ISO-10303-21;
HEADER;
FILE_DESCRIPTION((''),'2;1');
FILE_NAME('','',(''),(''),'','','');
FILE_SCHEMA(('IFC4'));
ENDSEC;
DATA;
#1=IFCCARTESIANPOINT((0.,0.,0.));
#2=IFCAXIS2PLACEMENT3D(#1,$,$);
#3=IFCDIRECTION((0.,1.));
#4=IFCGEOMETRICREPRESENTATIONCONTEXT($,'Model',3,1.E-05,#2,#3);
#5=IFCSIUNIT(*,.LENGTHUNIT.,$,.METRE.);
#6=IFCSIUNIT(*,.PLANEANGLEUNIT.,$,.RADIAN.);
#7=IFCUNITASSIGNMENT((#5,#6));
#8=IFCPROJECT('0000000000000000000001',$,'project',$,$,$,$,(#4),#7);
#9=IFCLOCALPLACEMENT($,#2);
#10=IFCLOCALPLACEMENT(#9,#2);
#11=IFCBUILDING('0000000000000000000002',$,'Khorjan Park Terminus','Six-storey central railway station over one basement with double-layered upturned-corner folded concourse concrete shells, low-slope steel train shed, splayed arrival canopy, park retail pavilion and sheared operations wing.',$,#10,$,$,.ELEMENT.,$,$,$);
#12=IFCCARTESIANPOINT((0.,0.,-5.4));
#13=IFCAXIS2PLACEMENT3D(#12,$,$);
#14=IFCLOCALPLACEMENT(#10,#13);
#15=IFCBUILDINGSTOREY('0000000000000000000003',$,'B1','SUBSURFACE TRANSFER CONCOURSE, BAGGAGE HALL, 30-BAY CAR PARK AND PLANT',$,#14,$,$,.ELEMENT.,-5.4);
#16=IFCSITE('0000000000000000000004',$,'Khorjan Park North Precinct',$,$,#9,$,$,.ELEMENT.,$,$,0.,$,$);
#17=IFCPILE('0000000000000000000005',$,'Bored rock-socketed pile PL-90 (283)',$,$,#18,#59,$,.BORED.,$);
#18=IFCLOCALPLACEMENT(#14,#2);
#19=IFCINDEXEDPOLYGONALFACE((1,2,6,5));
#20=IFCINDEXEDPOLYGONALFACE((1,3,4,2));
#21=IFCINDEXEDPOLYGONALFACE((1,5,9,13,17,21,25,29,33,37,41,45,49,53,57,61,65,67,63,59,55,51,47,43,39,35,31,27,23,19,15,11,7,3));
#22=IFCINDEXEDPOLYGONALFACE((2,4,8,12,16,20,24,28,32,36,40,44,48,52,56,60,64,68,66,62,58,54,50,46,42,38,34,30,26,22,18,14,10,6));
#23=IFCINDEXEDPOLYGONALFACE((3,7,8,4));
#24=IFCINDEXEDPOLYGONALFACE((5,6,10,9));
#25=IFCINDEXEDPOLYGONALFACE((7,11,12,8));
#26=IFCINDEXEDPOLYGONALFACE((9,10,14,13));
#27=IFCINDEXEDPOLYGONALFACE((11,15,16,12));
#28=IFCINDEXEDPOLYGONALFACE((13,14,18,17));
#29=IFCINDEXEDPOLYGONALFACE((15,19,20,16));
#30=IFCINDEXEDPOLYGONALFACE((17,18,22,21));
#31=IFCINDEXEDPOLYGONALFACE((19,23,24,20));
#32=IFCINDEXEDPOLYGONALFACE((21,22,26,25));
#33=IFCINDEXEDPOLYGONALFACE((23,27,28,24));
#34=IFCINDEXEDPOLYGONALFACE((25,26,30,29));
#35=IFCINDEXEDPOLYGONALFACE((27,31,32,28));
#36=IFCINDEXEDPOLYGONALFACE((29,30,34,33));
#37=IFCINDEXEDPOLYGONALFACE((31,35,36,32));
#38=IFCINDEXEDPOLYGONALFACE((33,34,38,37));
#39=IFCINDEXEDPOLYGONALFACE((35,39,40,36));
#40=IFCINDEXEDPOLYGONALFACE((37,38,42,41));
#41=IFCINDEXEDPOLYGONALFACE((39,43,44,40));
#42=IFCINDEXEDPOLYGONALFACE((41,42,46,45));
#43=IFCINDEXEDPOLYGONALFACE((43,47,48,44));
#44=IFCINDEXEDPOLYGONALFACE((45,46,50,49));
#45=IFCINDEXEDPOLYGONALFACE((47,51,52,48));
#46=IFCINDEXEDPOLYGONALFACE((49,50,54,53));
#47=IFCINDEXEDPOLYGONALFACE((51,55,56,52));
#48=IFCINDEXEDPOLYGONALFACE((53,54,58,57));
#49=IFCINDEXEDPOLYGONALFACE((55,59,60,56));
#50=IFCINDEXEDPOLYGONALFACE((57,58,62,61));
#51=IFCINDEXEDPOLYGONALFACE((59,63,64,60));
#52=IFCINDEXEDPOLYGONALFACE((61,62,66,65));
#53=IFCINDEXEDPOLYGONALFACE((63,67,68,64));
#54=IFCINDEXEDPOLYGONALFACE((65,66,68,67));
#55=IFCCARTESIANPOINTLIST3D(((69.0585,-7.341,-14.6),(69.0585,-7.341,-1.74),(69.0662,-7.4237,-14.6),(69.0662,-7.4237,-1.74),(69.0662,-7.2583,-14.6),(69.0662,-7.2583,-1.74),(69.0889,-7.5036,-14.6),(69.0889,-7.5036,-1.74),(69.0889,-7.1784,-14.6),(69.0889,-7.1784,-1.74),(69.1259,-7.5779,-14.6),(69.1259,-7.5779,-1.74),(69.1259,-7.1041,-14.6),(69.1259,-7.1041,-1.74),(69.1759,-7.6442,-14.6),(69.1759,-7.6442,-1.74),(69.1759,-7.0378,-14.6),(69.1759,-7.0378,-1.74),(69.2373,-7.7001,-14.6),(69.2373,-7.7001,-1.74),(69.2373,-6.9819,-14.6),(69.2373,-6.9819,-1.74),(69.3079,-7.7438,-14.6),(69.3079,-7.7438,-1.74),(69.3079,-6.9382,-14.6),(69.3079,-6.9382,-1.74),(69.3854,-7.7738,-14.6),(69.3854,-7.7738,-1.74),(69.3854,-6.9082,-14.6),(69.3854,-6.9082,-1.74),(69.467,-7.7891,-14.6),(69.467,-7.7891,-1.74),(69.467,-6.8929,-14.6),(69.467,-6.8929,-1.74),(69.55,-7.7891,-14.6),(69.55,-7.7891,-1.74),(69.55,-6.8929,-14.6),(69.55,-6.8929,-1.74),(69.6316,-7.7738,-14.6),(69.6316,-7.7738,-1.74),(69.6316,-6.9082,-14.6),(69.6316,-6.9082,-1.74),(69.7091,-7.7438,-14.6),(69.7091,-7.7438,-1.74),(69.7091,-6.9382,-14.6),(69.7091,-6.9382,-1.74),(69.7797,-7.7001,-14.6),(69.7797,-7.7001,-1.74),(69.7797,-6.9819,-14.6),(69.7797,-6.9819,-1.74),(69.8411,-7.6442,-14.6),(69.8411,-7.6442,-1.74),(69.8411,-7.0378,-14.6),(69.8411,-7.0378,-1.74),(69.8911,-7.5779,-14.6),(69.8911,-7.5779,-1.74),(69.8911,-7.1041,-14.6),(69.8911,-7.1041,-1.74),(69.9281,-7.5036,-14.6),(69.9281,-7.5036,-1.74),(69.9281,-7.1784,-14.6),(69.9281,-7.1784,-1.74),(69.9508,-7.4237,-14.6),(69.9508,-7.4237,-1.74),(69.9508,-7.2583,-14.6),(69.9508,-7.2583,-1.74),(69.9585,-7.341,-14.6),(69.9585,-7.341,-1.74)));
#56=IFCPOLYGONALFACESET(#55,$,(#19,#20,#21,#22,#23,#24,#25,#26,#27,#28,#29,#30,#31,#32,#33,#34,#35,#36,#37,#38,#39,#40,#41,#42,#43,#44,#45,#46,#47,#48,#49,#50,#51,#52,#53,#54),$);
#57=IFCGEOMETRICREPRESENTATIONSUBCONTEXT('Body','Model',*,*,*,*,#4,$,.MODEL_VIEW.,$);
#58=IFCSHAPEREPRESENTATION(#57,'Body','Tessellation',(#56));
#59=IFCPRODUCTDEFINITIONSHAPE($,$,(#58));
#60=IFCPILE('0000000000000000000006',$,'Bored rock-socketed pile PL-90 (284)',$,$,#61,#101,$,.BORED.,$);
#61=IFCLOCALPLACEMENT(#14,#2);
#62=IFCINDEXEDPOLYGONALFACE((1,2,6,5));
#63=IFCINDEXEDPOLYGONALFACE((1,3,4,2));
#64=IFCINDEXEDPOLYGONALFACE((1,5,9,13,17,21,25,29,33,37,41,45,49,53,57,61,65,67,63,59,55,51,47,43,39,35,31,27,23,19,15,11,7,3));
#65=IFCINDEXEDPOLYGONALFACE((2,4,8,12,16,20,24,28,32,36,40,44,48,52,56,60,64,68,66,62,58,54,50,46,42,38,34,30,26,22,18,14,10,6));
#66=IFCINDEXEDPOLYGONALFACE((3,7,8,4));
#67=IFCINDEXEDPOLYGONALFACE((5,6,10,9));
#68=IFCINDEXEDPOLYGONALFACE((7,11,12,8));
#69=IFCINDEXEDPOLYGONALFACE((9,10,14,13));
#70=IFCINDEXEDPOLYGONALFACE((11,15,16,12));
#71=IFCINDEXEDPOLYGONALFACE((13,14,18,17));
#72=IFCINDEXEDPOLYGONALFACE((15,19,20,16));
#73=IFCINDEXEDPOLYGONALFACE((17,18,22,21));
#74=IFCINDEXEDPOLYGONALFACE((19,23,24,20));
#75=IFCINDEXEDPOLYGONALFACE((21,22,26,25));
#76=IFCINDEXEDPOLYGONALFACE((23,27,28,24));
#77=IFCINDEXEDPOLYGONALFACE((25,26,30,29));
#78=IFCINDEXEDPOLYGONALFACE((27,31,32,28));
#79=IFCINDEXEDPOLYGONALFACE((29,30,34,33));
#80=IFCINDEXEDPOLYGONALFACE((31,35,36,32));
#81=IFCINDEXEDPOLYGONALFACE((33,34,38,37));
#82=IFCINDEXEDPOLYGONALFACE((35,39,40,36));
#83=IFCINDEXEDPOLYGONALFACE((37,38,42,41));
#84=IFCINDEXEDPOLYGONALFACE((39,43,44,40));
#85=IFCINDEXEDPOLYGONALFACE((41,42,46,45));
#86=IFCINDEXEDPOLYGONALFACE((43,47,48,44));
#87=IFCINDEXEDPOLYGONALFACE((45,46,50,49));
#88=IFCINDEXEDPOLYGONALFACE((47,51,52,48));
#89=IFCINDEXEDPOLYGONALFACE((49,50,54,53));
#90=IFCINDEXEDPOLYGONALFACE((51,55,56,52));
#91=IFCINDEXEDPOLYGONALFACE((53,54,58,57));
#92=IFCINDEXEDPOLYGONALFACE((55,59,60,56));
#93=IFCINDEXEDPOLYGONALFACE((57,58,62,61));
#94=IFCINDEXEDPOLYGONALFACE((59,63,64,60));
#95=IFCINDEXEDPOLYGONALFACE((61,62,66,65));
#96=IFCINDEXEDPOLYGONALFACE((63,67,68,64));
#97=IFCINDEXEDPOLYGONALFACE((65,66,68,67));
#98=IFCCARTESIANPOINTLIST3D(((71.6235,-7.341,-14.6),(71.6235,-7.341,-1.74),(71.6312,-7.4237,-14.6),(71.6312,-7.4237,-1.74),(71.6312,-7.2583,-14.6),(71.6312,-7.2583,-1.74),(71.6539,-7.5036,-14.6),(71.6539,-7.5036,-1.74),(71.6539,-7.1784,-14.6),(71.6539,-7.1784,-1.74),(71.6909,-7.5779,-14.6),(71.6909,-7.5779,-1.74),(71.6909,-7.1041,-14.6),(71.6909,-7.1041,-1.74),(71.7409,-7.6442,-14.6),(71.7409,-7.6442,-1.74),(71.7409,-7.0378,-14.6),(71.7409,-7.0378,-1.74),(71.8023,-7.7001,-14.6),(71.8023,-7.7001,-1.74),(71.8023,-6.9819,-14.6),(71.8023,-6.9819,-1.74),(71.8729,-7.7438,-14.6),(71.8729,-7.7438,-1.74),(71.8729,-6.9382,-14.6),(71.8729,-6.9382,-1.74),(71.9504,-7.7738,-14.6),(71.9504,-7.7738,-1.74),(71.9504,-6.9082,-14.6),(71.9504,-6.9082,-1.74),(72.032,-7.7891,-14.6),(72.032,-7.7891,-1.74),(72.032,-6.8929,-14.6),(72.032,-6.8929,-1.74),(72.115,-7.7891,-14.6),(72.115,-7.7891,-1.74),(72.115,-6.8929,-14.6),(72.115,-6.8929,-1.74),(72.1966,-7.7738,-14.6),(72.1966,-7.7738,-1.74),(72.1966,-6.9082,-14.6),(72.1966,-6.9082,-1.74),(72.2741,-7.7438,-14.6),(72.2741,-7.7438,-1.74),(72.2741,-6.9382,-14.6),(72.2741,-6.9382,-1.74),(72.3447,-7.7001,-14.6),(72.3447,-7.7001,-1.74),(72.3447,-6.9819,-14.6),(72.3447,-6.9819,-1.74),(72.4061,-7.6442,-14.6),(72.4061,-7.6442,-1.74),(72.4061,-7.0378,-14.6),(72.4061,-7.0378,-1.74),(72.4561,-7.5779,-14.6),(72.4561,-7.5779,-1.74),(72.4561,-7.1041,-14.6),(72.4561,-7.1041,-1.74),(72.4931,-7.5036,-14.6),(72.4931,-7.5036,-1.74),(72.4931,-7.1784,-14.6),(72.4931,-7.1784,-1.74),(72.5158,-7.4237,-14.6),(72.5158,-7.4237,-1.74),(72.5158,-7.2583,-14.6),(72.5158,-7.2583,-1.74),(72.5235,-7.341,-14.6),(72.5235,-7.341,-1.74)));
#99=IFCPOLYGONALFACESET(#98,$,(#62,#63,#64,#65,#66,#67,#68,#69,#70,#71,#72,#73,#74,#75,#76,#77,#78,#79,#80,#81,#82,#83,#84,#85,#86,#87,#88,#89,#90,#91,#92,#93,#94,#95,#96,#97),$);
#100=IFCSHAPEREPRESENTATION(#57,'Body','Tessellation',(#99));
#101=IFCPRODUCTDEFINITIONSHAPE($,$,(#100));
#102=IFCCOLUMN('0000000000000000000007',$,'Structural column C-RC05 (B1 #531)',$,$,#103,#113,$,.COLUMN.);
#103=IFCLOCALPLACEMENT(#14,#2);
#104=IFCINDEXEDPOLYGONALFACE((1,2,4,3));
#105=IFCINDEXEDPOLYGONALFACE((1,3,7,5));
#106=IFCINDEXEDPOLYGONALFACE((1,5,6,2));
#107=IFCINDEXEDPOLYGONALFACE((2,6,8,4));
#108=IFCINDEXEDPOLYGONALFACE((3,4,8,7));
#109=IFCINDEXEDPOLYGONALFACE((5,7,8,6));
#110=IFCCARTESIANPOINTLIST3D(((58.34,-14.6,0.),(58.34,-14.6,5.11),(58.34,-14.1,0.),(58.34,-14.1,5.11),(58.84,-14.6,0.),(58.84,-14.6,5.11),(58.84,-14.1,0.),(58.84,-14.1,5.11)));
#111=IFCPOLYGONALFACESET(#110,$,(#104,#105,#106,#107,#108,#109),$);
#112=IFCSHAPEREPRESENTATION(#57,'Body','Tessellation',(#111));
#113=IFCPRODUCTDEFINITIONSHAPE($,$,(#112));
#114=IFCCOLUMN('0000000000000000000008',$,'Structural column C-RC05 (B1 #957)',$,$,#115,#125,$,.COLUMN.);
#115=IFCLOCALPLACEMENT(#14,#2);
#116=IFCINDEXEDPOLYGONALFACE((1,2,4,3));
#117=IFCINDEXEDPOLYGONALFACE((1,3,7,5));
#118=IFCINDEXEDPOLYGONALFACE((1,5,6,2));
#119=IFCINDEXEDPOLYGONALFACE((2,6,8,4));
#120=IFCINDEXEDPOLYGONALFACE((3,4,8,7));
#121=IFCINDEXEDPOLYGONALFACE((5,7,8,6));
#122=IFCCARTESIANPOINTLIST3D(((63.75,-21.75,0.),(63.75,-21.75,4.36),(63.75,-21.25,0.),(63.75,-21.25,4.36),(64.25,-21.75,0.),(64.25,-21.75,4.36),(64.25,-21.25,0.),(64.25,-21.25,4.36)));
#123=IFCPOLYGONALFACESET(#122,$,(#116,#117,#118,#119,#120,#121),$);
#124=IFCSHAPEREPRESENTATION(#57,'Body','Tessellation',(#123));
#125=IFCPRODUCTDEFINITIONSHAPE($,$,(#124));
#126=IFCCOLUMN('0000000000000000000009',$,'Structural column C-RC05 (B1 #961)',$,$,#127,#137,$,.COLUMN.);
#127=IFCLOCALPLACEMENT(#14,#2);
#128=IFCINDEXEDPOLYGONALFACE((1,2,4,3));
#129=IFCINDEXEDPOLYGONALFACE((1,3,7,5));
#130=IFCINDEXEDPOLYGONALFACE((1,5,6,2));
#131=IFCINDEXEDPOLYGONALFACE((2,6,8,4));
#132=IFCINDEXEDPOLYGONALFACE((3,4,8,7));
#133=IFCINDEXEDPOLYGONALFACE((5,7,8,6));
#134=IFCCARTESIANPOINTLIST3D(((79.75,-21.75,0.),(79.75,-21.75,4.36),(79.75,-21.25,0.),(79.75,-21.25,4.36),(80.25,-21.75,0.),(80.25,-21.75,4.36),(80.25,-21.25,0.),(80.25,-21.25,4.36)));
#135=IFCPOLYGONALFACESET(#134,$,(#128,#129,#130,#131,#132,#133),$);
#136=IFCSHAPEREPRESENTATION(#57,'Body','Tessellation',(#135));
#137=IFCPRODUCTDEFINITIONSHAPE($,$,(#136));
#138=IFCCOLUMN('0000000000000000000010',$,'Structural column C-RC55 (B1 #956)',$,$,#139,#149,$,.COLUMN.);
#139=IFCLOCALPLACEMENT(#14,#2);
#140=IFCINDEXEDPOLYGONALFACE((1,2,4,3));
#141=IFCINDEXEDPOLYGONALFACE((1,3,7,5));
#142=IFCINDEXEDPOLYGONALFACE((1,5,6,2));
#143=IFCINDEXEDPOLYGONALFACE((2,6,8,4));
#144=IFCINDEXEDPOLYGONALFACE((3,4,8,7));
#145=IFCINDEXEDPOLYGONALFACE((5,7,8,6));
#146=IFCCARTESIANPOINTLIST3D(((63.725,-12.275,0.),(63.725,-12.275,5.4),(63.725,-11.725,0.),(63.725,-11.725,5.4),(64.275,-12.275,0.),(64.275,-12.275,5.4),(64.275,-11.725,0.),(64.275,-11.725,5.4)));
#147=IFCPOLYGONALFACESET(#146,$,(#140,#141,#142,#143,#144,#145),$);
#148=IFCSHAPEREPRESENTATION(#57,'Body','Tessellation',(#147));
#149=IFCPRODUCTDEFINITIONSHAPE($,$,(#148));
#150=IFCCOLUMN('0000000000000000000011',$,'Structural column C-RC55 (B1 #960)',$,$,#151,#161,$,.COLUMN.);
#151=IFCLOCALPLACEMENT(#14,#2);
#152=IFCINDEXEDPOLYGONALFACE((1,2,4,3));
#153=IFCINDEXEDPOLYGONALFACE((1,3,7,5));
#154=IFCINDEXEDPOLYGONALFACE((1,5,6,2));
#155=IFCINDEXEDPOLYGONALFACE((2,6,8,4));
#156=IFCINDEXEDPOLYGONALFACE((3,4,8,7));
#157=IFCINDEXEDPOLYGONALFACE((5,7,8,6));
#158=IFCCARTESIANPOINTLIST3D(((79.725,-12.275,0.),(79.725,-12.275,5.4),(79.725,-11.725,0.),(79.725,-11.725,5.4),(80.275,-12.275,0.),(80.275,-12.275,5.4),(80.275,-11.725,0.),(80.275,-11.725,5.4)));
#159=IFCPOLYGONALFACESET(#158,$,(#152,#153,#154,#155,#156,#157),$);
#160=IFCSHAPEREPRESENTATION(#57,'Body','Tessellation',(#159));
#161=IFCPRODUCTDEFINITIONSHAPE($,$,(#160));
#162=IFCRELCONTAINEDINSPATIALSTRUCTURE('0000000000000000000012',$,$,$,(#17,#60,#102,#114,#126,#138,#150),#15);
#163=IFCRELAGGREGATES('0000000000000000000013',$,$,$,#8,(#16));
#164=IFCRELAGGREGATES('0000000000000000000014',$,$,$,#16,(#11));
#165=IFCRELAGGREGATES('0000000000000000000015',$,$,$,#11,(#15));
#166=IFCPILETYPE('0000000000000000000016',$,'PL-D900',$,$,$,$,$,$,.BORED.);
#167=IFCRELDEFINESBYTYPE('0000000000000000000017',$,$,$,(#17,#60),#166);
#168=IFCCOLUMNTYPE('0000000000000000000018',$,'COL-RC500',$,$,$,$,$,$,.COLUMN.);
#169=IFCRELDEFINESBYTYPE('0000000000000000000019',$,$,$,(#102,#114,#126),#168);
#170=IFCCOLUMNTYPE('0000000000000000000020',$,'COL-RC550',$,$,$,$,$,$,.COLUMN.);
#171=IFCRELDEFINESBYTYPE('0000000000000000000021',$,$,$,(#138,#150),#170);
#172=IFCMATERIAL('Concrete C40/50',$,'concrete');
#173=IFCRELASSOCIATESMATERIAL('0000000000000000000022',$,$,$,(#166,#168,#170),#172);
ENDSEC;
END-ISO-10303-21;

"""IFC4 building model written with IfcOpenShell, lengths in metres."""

from ifc_helpers import new_model, si_unit, direction, frame, origin, origin_2d, place, context, subcontext, project, spatial, rectangle, circle, extrude, material, material_profile, profile_set, type_object, element, save


model = new_model("IFC4")

# Units and contexts
model_context = context("Model", 3, precision=1e-05, world=origin(), true_north=direction((0.0, 1.0)))
body_context = subcontext(model_context, "Body", "Model", "MODEL_VIEW")
ifc_project = project(units=[si_unit("LENGTHUNIT", "METRE"), si_unit("PLANEANGLEUNIT", "RADIAN")], contexts=[model_context])

# Site, building, storey
site_placement = place(None, origin())
site = spatial("IfcSite", under=ifc_project, at=site_placement, Name="Khorjan Park North Precinct", CompositionType="ELEMENT", RefElevation=0.0)
building_placement = place(site_placement, origin())
building = spatial("IfcBuilding", under=site, at=building_placement, Name="Khorjan Park Terminus", Description="Six-storey central railway station over one basement with double-layered upturned-corner folded concourse concrete shells, low-slope steel train shed, splayed arrival canopy, park retail pavilion and sheared operations wing.", CompositionType="ELEMENT")
storey_placement = place(building_placement, frame((0.0, 0.0, -5.4)))
storey = spatial("IfcBuildingStorey", under=building, at=storey_placement, Name="B1", Description="SUBSURFACE TRANSFER CONCOURSE, BAGGAGE HALL, 30-BAY CAR PARK AND PLANT", CompositionType="ELEMENT", Elevation=-5.4)

# Shared definitions
ifc_material_1 = material(Name="Concrete C40/50", Category="concrete")

# Piles
ifc_material_profile_1 = material_profile(ifc_material_1, circle(Radius=0.45, at=origin_2d()), Name="BORED D900")
ifc_profile_set_1 = profile_set([ifc_material_profile_1], Name="Concrete C40/50")
pile_type_1 = type_object("IfcPileType", Name="PL-D900", PredefinedType="BORED", material=ifc_profile_set_1)
for number, where, z_axis, x_axis, name in (
    (1, (69.5085, -7.341, -1.74), (0.0, 0.0, -1.0), (1.0, 0.0, 0.0), "Bored rock-socketed pile PL-90 (283)"),
    (2, (72.0735, -7.341, -1.74), (0.0, 0.0, -1.0), (1.0, 0.0, 0.0), "Bored rock-socketed pile PL-90 (284)"),
):
    element("IfcPile", number, at=place(storey_placement, frame(where, z_axis=z_axis, x_axis=x_axis)), inside=storey, type_object=pile_type_1, Name=name, PredefinedType="BORED", context=body_context, shape_type="SweptSolid", body=[
        extrude(circle(Radius=0.45, at=origin_2d()), origin(), (0.0, 0.0, 1.0), 12.86),
    ])

# Columns
ifc_material_profile_2 = material_profile(ifc_material_1, rectangle(XDim=0.5, YDim=0.5, at=origin_2d()), Name="RC 500x500")
ifc_profile_set_2 = profile_set([ifc_material_profile_2], Name="Concrete C40/50")
column_type_1 = type_object("IfcColumnType", Name="COL-RC500", PredefinedType="COLUMN", material=ifc_profile_set_2)
column_1_placement = place(storey_placement, frame((58.59, -14.35, 0.0), z_axis=(0.0, 0.0, 1.0), x_axis=(1.0, 0.0, 0.0)))
element("IfcColumn", 3, at=column_1_placement, inside=storey, type_object=column_type_1, Name="Structural column C-RC05 (B1 #531)", PredefinedType="COLUMN", context=body_context, shape_type="SweptSolid", body=[
    extrude(rectangle(XDim=0.5, YDim=0.5, at=origin_2d()), origin(), (0.0, 0.0, 1.0), 5.11),
])
for number, where, z_axis, x_axis, name in (
    (4, (64.0, -21.5, 0.0), (0.0, 0.0, 1.0), (1.0, 0.0, 0.0), "Structural column C-RC05 (B1 #957)"),
    (5, (80.0, -21.5, 0.0), (0.0, 0.0, 1.0), (1.0, 0.0, 0.0), "Structural column C-RC05 (B1 #961)"),
):
    element("IfcColumn", number, at=place(storey_placement, frame(where, z_axis=z_axis, x_axis=x_axis)), inside=storey, type_object=column_type_1, Name=name, PredefinedType="COLUMN", context=body_context, shape_type="SweptSolid", body=[
        extrude(rectangle(XDim=0.5, YDim=0.5, at=origin_2d()), origin(), (0.0, 0.0, 1.0), 4.36),
    ])
ifc_material_profile_3 = material_profile(ifc_material_1, rectangle(XDim=0.55, YDim=0.55, at=origin_2d()), Name="RC 550x550")
ifc_profile_set_3 = profile_set([ifc_material_profile_3], Name="Concrete C40/50")
column_type_2 = type_object("IfcColumnType", Name="COL-RC550", PredefinedType="COLUMN", material=ifc_profile_set_3)
for number, where, z_axis, x_axis, name in (
    (6, (64.0, -12.0, 0.0), (0.0, 0.0, 1.0), (1.0, 0.0, 0.0), "Structural column C-RC55 (B1 #956)"),
    (7, (80.0, -12.0, 0.0), (0.0, 0.0, 1.0), (1.0, 0.0, 0.0), "Structural column C-RC55 (B1 #960)"),
):
    element("IfcColumn", number, at=place(storey_placement, frame(where, z_axis=z_axis, x_axis=x_axis)), inside=storey, type_object=column_type_2, Name=name, PredefinedType="COLUMN", context=body_context, shape_type="SweptSolid", body=[
        extrude(rectangle(XDim=0.55, YDim=0.55, at=origin_2d()), origin(), (0.0, 0.0, 1.0), 5.4),
    ])

save(model, "model.ifc")
